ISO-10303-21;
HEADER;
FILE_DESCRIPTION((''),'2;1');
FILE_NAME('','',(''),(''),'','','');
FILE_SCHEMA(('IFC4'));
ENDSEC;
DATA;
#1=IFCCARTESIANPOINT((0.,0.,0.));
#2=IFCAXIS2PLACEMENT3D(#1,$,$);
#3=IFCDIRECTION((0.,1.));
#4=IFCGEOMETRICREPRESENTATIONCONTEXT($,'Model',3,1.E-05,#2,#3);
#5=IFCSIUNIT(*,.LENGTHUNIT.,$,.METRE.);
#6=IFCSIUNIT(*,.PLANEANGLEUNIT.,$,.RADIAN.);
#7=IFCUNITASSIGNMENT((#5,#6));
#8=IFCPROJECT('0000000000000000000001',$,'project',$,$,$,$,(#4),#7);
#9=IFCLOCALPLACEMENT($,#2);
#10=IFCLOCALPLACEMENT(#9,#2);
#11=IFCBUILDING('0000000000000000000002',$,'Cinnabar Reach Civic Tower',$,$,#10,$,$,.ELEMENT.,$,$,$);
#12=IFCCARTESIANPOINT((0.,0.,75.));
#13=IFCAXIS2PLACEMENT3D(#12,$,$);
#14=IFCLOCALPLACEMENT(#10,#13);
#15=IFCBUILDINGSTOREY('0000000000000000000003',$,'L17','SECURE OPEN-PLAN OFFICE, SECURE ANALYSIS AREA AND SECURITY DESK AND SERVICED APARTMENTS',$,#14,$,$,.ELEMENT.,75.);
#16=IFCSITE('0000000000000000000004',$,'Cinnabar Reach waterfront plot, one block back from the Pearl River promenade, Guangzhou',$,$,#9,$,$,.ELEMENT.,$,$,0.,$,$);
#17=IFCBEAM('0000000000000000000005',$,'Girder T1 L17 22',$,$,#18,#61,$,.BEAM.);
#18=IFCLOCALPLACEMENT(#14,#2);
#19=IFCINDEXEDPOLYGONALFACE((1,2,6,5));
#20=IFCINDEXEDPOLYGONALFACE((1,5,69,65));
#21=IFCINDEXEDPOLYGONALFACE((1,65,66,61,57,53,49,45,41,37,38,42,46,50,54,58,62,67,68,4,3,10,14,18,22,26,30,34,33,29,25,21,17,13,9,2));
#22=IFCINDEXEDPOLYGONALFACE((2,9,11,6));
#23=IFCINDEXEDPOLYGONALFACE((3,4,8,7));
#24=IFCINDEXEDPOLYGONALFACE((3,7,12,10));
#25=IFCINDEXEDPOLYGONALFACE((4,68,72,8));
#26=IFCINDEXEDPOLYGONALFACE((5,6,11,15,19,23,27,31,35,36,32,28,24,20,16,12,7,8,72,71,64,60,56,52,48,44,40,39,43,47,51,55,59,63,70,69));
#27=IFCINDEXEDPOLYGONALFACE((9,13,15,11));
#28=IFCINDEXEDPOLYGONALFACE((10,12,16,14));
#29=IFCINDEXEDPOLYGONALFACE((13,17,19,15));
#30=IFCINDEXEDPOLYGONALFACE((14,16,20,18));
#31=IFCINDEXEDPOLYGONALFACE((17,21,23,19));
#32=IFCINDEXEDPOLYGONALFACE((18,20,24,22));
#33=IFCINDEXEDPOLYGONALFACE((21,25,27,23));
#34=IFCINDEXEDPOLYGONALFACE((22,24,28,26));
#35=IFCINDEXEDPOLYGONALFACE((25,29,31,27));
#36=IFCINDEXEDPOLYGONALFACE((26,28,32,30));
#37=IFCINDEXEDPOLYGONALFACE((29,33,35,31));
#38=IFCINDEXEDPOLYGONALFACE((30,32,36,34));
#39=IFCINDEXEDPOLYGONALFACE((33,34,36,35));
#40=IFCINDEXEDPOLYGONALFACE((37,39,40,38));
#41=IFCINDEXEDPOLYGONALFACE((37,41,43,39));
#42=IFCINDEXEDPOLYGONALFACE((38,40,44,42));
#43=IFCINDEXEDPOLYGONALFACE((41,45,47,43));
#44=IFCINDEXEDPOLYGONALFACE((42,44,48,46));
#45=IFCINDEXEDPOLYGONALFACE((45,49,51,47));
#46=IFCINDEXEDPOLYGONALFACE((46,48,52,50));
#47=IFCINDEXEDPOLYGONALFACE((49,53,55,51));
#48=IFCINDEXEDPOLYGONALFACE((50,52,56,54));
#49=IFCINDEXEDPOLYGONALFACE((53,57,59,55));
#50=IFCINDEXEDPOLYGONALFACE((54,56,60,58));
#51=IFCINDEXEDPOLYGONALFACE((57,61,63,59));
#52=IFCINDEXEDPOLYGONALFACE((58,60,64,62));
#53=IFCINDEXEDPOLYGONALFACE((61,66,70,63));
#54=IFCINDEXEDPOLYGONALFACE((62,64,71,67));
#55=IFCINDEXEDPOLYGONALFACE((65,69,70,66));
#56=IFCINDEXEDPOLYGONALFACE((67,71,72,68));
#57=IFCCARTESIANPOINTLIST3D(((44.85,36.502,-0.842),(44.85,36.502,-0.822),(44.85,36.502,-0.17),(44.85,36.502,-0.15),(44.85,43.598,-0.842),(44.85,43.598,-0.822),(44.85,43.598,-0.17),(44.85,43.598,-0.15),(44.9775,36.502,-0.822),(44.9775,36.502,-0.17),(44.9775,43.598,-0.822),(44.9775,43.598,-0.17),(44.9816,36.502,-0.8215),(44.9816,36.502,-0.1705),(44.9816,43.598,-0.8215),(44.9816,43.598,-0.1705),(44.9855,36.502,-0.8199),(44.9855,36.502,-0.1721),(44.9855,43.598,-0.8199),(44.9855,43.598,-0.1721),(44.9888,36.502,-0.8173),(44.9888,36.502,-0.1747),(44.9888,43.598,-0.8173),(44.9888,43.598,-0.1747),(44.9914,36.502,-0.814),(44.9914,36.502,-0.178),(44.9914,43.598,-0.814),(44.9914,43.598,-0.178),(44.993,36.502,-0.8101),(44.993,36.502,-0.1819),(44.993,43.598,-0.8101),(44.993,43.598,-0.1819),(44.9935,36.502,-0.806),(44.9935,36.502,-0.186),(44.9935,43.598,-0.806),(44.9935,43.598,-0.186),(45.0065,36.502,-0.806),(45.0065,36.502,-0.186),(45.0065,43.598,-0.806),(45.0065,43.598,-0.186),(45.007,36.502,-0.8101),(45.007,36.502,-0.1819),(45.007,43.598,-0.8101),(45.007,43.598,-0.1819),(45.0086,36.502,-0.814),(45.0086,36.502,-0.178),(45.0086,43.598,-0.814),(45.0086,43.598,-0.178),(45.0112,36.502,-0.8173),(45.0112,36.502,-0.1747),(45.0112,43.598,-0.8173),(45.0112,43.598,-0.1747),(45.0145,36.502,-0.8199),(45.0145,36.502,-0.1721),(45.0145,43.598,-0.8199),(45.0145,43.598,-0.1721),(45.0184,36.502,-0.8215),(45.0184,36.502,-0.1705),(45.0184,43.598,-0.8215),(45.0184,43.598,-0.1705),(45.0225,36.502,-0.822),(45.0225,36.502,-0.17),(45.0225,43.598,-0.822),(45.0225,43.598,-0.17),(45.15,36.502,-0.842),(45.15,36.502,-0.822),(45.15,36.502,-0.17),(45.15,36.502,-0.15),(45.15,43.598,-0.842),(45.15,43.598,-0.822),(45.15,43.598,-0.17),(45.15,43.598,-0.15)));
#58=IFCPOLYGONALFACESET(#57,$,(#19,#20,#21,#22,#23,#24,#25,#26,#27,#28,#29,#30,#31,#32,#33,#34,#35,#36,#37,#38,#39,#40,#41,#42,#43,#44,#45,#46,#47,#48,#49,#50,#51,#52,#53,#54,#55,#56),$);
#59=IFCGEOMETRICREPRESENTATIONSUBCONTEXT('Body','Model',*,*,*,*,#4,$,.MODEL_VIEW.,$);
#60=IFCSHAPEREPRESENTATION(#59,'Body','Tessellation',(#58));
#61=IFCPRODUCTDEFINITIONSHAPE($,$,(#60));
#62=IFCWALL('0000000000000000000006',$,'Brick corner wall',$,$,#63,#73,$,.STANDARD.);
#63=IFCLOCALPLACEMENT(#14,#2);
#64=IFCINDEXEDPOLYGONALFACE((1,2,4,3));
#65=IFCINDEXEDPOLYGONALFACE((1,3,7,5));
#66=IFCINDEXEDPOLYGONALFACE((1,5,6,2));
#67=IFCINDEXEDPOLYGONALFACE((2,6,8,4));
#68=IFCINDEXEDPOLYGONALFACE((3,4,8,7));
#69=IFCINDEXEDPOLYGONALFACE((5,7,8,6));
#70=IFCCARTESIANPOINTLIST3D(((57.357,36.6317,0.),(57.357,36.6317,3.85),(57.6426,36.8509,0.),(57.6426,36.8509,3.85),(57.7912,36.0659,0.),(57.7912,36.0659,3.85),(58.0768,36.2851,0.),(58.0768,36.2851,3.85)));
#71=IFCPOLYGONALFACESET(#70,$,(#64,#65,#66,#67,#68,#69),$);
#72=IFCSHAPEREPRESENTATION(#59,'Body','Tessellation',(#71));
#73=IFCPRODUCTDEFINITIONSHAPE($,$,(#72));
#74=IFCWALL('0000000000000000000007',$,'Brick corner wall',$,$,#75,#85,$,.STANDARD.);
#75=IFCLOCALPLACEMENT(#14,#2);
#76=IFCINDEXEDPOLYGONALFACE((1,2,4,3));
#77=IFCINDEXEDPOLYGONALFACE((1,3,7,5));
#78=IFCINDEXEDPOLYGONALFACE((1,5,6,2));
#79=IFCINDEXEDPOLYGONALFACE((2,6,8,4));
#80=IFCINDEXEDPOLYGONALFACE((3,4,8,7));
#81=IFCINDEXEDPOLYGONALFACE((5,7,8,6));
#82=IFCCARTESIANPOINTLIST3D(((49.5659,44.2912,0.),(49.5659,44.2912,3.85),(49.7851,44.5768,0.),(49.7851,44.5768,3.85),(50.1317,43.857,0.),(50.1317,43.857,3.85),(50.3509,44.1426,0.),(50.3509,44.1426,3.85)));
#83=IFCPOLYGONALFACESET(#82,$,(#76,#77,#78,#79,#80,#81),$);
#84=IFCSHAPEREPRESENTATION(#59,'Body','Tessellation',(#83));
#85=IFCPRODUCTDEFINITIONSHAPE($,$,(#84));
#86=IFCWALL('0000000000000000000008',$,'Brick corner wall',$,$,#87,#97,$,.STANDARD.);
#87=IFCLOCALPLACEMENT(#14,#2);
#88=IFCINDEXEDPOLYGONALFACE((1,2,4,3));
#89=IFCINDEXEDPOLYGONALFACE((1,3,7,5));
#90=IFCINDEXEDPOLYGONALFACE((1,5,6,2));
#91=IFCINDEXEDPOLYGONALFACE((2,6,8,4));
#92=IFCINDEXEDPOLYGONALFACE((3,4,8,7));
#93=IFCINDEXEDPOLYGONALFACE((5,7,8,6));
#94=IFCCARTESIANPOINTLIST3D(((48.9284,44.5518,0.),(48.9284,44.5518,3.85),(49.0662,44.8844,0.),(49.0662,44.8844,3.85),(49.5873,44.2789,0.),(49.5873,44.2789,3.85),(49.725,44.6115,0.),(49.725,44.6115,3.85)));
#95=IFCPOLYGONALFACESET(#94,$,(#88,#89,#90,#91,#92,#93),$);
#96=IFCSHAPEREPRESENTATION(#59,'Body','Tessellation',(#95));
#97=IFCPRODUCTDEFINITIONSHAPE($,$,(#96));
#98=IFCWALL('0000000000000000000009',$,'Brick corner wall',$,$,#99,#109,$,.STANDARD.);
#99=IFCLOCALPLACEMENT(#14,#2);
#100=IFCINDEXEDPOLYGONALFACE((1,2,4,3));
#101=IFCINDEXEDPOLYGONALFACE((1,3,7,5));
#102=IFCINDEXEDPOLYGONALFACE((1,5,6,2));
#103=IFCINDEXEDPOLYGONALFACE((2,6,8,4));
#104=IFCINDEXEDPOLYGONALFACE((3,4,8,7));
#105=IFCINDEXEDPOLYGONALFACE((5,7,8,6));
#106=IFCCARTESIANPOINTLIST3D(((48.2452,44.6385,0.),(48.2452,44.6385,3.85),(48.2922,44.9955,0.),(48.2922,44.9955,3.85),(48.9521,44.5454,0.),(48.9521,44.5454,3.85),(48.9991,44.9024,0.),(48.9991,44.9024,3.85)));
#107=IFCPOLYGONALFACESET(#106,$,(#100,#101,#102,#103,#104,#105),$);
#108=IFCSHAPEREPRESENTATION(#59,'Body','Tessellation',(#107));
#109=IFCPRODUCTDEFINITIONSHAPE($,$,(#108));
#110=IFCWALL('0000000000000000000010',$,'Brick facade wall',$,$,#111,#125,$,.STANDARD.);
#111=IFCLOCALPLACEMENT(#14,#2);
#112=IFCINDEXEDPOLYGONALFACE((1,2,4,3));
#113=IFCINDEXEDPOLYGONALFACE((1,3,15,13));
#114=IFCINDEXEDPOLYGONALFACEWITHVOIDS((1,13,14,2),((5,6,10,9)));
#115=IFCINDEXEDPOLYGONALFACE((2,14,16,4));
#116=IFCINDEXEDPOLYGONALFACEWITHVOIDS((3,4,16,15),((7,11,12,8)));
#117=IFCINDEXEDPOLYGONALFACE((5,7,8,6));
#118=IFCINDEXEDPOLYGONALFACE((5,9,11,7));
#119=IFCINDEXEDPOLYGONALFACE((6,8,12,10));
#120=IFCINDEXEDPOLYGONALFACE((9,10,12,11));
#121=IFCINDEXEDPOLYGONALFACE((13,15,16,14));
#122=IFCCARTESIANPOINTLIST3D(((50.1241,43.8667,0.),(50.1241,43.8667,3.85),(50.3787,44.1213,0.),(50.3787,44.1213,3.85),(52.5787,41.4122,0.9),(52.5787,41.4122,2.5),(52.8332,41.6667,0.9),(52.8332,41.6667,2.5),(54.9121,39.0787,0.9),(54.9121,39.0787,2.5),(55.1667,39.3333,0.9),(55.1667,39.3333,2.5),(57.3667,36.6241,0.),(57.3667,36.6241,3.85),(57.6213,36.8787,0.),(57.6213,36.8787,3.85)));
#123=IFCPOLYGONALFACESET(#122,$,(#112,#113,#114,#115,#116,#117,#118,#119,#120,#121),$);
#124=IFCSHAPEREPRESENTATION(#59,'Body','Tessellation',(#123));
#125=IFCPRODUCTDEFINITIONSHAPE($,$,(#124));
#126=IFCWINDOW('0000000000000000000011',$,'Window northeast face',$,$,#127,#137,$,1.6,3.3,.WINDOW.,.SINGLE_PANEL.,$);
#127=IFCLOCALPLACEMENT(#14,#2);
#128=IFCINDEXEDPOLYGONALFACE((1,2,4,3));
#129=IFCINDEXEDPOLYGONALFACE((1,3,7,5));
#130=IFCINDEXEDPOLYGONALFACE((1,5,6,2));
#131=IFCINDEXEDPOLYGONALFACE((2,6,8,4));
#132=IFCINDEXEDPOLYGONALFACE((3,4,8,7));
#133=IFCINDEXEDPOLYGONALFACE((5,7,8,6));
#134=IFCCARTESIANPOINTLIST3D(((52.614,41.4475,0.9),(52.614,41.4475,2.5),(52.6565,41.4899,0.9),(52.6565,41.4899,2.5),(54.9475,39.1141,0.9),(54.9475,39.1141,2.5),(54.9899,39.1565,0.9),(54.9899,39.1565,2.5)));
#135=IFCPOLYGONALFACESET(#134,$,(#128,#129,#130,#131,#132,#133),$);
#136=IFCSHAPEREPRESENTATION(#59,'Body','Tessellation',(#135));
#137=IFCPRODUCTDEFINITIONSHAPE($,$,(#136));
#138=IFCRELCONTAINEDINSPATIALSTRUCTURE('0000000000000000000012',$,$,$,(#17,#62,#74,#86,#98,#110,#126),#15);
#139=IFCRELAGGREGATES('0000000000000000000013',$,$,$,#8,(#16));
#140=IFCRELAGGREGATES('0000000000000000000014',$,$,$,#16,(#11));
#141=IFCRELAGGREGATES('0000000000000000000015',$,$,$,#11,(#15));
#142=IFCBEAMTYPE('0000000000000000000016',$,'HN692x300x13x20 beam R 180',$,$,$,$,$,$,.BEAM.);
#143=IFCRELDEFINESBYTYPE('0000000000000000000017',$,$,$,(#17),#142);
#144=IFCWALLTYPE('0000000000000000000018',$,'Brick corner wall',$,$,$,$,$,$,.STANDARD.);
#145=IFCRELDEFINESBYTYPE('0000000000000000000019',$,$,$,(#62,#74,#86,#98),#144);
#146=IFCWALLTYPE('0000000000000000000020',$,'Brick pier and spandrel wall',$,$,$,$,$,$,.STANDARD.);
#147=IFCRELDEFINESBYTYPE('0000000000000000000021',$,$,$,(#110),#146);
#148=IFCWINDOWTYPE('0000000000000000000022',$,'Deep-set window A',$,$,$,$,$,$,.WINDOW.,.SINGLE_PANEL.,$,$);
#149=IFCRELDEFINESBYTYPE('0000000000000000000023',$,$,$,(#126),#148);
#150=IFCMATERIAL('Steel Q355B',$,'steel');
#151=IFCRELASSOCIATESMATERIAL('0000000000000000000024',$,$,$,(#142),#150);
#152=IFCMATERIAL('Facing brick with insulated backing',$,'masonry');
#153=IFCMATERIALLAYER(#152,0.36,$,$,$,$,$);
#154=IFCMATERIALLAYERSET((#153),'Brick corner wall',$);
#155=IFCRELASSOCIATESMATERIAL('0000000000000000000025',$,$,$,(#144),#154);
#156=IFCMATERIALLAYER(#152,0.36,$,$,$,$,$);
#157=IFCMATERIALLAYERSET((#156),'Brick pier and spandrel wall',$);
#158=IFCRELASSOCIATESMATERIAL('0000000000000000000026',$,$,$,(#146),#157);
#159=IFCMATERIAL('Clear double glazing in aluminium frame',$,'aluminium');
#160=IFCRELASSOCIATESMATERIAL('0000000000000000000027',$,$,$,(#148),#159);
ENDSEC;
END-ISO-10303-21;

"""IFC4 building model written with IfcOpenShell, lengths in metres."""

from ifc_helpers import new_model, si_unit, direction, frame, frame_2d, origin, origin_2d, place, context, subcontext, project, spatial, rectangle, i_section, extrude, material, layer, layer_set, material_profile, profile_set, type_object, element, fill, save


model = new_model("IFC4")

# Units and contexts
model_context = context("Model", 3, precision=1e-05, world=origin(), true_north=direction((0.0, 1.0)))
body_context = subcontext(model_context, "Body", "Model", "MODEL_VIEW")
ifc_project = project(units=[si_unit("LENGTHUNIT", "METRE"), si_unit("PLANEANGLEUNIT", "RADIAN")], contexts=[model_context])

# Site, building, storey
site_placement = place(None, origin())
site = spatial("IfcSite", under=ifc_project, at=site_placement, Name="Cinnabar Reach waterfront plot, one block back from the Pearl River promenade, Guangzhou", CompositionType="ELEMENT", RefElevation=0.0)
building_placement = place(site_placement, origin())
building = spatial("IfcBuilding", under=site, at=building_placement, Name="Cinnabar Reach Civic Tower", CompositionType="ELEMENT")
storey_placement = place(building_placement, frame((0.0, 0.0, 75.0)))
storey = spatial("IfcBuildingStorey", under=building, at=storey_placement, Name="L17", Description="SECURE OPEN-PLAN OFFICE, SECURE ANALYSIS AREA AND SECURITY DESK AND SERVICED APARTMENTS", CompositionType="ELEMENT", Elevation=75.0)

# Beam
ifc_material_1 = material(Name="Steel Q355B", Category="steel")
ifc_material_profile_1 = material_profile(ifc_material_1, i_section(OverallWidth=0.3, OverallDepth=0.692, WebThickness=0.013, FlangeThickness=0.02, FilletRadius=0.016, at=origin_2d()), Name="HN692x300x13x20")
ifc_profile_set_1 = profile_set([ifc_material_profile_1], Name="Steel Q355B")
beam_type_1 = type_object("IfcBeamType", Name="HN692x300x13x20 beam R 180", PredefinedType="BEAM", material=ifc_profile_set_1)
beam_1_placement = place(storey_placement, frame((45.0, 36.502, -0.496), z_axis=(0.0, 1.0, 0.0), x_axis=(-1.0, 0.0, 0.0)))
element("IfcBeam", 1, at=beam_1_placement, inside=storey, type_object=beam_type_1, Name="Girder T1 L17 22", PredefinedType="BEAM", context=body_context, shape_type="SweptSolid", body=[
    extrude(i_section(OverallWidth=0.3, OverallDepth=0.692, WebThickness=0.013, FlangeThickness=0.02, FilletRadius=0.016, at=origin_2d()), origin(), (0.0, 0.0, 1.0), 7.096),
])

# Walls
ifc_material_2 = material(Name="Facing brick with insulated backing", Category="masonry")
ifc_layer_1 = layer(ifc_material_2, 0.36)
ifc_layer_set_1 = layer_set([ifc_layer_1], Name="Brick corner wall")
wall_type_1 = type_object("IfcWallType", Name="Brick corner wall", PredefinedType="STANDARD", material=ifc_layer_set_1)
for number, where, z_axis, x_axis, name in (
    (2, (57.934, 36.1755, 0.0), (0.0, 0.0, 1.0), (-0.608802, 0.793322, 0.0), "Brick corner wall"),
    (3, (50.2413, 43.9998, 0.0), (0.0, 0.0, 1.0), (-0.793322, 0.608802, 0.0), "Brick corner wall"),
):
    element("IfcWall", number, at=place(storey_placement, frame(where, z_axis=z_axis, x_axis=x_axis)), inside=storey, type_object=wall_type_1, Name=name, PredefinedType="STANDARD", context=body_context, shape_type="SweptSolid", body=[
        extrude(rectangle(XDim=0.7132, YDim=0.36, at=frame_2d((0.3566, 0.0))), origin(), (0.0, 0.0, 1.0), 3.85),
    ])
for number, where, z_axis, x_axis, name in (
    (4, (49.6561, 44.4452, 0.0), (0.0, 0.0, 1.0), (-0.923872, 0.382703, 0.0), "Brick corner wall"),
    (5, (48.9756, 44.7239, 0.0), (0.0, 0.0, 1.0), (-0.991441, 0.130556, 0.0), "Brick corner wall"),
):
    element("IfcWall", number, at=place(storey_placement, frame(where, z_axis=z_axis, x_axis=x_axis)), inside=storey, type_object=wall_type_1, Name=name, PredefinedType="STANDARD", context=body_context, shape_type="SweptSolid", body=[
        extrude(rectangle(XDim=0.7131, YDim=0.36, at=frame_2d((0.3565, 0.0))), origin(), (0.0, 0.0, 1.0), 3.85),
    ])

# Wall, opening, window
ifc_layer_2 = layer(ifc_material_2, 0.36)
ifc_layer_set_2 = layer_set([ifc_layer_2], Name="Brick pier and spandrel wall")
wall_type_2 = type_object("IfcWallType", Name="Brick pier and spandrel wall", PredefinedType="STANDARD", material=ifc_layer_set_2)
wall_1_placement = place(storey_placement, frame((57.494, 36.7514, 0.0), z_axis=(0.0, 0.0, 1.0), x_axis=(-0.707107, 0.707107, 0.0)))
wall_1 = element("IfcWall", 6, at=wall_1_placement, inside=storey, type_object=wall_type_2, Name="Brick facade wall", PredefinedType="STANDARD", context=body_context, shape_type="SweptSolid", body=[
    extrude(rectangle(XDim=10.2426, YDim=0.36, at=frame_2d((5.1213, 0.0))), origin(), (0.0, 0.0, 1.0), 3.85),
])
opening_1_placement = place(wall_1_placement, frame((3.4713, 0.0, 0.9)))
opening_1 = element("IfcOpeningElement", 7, at=opening_1_placement, cuts=wall_1, PredefinedType="OPENING", context=body_context, shape_type="SweptSolid", body=[
    extrude(rectangle(XDim=3.3, YDim=1.6, at=frame_2d((1.65, 0.8))), frame((0.0, 0.19, 0.0), z_axis=(0.0, -1.0, 0.0), x_axis=(1.0, 0.0, 0.0)), (0.0, 0.0, 1.0), 0.38),
])
ifc_material_3 = material(Name="Clear double glazing in aluminium frame", Category="aluminium")
window_type_1 = type_object("IfcWindowType", Name="Deep-set window A", PartitioningType="SINGLE_PANEL", PredefinedType="WINDOW", material=ifc_material_3)
window_1_placement = place(opening_1_placement, origin())
window_1 = element("IfcWindow", 8, at=window_1_placement, inside=storey, type_object=window_type_1, Name="Window northeast face", OverallHeight=1.6, OverallWidth=3.3, PartitioningType="SINGLE_PANEL", PredefinedType="WINDOW", context=body_context, shape_type="SweptSolid", body=[
    extrude(rectangle(XDim=3.3, YDim=1.6, at=frame_2d((1.65, 0.8))), frame((0.0, 0.13, 0.0), z_axis=(0.0, -1.0, 0.0), x_axis=(1.0, 0.0, 0.0)), (0.0, 0.0, 1.0), 0.06),
])
fill(opening_1, window_1)

save(model, "model.ifc")
